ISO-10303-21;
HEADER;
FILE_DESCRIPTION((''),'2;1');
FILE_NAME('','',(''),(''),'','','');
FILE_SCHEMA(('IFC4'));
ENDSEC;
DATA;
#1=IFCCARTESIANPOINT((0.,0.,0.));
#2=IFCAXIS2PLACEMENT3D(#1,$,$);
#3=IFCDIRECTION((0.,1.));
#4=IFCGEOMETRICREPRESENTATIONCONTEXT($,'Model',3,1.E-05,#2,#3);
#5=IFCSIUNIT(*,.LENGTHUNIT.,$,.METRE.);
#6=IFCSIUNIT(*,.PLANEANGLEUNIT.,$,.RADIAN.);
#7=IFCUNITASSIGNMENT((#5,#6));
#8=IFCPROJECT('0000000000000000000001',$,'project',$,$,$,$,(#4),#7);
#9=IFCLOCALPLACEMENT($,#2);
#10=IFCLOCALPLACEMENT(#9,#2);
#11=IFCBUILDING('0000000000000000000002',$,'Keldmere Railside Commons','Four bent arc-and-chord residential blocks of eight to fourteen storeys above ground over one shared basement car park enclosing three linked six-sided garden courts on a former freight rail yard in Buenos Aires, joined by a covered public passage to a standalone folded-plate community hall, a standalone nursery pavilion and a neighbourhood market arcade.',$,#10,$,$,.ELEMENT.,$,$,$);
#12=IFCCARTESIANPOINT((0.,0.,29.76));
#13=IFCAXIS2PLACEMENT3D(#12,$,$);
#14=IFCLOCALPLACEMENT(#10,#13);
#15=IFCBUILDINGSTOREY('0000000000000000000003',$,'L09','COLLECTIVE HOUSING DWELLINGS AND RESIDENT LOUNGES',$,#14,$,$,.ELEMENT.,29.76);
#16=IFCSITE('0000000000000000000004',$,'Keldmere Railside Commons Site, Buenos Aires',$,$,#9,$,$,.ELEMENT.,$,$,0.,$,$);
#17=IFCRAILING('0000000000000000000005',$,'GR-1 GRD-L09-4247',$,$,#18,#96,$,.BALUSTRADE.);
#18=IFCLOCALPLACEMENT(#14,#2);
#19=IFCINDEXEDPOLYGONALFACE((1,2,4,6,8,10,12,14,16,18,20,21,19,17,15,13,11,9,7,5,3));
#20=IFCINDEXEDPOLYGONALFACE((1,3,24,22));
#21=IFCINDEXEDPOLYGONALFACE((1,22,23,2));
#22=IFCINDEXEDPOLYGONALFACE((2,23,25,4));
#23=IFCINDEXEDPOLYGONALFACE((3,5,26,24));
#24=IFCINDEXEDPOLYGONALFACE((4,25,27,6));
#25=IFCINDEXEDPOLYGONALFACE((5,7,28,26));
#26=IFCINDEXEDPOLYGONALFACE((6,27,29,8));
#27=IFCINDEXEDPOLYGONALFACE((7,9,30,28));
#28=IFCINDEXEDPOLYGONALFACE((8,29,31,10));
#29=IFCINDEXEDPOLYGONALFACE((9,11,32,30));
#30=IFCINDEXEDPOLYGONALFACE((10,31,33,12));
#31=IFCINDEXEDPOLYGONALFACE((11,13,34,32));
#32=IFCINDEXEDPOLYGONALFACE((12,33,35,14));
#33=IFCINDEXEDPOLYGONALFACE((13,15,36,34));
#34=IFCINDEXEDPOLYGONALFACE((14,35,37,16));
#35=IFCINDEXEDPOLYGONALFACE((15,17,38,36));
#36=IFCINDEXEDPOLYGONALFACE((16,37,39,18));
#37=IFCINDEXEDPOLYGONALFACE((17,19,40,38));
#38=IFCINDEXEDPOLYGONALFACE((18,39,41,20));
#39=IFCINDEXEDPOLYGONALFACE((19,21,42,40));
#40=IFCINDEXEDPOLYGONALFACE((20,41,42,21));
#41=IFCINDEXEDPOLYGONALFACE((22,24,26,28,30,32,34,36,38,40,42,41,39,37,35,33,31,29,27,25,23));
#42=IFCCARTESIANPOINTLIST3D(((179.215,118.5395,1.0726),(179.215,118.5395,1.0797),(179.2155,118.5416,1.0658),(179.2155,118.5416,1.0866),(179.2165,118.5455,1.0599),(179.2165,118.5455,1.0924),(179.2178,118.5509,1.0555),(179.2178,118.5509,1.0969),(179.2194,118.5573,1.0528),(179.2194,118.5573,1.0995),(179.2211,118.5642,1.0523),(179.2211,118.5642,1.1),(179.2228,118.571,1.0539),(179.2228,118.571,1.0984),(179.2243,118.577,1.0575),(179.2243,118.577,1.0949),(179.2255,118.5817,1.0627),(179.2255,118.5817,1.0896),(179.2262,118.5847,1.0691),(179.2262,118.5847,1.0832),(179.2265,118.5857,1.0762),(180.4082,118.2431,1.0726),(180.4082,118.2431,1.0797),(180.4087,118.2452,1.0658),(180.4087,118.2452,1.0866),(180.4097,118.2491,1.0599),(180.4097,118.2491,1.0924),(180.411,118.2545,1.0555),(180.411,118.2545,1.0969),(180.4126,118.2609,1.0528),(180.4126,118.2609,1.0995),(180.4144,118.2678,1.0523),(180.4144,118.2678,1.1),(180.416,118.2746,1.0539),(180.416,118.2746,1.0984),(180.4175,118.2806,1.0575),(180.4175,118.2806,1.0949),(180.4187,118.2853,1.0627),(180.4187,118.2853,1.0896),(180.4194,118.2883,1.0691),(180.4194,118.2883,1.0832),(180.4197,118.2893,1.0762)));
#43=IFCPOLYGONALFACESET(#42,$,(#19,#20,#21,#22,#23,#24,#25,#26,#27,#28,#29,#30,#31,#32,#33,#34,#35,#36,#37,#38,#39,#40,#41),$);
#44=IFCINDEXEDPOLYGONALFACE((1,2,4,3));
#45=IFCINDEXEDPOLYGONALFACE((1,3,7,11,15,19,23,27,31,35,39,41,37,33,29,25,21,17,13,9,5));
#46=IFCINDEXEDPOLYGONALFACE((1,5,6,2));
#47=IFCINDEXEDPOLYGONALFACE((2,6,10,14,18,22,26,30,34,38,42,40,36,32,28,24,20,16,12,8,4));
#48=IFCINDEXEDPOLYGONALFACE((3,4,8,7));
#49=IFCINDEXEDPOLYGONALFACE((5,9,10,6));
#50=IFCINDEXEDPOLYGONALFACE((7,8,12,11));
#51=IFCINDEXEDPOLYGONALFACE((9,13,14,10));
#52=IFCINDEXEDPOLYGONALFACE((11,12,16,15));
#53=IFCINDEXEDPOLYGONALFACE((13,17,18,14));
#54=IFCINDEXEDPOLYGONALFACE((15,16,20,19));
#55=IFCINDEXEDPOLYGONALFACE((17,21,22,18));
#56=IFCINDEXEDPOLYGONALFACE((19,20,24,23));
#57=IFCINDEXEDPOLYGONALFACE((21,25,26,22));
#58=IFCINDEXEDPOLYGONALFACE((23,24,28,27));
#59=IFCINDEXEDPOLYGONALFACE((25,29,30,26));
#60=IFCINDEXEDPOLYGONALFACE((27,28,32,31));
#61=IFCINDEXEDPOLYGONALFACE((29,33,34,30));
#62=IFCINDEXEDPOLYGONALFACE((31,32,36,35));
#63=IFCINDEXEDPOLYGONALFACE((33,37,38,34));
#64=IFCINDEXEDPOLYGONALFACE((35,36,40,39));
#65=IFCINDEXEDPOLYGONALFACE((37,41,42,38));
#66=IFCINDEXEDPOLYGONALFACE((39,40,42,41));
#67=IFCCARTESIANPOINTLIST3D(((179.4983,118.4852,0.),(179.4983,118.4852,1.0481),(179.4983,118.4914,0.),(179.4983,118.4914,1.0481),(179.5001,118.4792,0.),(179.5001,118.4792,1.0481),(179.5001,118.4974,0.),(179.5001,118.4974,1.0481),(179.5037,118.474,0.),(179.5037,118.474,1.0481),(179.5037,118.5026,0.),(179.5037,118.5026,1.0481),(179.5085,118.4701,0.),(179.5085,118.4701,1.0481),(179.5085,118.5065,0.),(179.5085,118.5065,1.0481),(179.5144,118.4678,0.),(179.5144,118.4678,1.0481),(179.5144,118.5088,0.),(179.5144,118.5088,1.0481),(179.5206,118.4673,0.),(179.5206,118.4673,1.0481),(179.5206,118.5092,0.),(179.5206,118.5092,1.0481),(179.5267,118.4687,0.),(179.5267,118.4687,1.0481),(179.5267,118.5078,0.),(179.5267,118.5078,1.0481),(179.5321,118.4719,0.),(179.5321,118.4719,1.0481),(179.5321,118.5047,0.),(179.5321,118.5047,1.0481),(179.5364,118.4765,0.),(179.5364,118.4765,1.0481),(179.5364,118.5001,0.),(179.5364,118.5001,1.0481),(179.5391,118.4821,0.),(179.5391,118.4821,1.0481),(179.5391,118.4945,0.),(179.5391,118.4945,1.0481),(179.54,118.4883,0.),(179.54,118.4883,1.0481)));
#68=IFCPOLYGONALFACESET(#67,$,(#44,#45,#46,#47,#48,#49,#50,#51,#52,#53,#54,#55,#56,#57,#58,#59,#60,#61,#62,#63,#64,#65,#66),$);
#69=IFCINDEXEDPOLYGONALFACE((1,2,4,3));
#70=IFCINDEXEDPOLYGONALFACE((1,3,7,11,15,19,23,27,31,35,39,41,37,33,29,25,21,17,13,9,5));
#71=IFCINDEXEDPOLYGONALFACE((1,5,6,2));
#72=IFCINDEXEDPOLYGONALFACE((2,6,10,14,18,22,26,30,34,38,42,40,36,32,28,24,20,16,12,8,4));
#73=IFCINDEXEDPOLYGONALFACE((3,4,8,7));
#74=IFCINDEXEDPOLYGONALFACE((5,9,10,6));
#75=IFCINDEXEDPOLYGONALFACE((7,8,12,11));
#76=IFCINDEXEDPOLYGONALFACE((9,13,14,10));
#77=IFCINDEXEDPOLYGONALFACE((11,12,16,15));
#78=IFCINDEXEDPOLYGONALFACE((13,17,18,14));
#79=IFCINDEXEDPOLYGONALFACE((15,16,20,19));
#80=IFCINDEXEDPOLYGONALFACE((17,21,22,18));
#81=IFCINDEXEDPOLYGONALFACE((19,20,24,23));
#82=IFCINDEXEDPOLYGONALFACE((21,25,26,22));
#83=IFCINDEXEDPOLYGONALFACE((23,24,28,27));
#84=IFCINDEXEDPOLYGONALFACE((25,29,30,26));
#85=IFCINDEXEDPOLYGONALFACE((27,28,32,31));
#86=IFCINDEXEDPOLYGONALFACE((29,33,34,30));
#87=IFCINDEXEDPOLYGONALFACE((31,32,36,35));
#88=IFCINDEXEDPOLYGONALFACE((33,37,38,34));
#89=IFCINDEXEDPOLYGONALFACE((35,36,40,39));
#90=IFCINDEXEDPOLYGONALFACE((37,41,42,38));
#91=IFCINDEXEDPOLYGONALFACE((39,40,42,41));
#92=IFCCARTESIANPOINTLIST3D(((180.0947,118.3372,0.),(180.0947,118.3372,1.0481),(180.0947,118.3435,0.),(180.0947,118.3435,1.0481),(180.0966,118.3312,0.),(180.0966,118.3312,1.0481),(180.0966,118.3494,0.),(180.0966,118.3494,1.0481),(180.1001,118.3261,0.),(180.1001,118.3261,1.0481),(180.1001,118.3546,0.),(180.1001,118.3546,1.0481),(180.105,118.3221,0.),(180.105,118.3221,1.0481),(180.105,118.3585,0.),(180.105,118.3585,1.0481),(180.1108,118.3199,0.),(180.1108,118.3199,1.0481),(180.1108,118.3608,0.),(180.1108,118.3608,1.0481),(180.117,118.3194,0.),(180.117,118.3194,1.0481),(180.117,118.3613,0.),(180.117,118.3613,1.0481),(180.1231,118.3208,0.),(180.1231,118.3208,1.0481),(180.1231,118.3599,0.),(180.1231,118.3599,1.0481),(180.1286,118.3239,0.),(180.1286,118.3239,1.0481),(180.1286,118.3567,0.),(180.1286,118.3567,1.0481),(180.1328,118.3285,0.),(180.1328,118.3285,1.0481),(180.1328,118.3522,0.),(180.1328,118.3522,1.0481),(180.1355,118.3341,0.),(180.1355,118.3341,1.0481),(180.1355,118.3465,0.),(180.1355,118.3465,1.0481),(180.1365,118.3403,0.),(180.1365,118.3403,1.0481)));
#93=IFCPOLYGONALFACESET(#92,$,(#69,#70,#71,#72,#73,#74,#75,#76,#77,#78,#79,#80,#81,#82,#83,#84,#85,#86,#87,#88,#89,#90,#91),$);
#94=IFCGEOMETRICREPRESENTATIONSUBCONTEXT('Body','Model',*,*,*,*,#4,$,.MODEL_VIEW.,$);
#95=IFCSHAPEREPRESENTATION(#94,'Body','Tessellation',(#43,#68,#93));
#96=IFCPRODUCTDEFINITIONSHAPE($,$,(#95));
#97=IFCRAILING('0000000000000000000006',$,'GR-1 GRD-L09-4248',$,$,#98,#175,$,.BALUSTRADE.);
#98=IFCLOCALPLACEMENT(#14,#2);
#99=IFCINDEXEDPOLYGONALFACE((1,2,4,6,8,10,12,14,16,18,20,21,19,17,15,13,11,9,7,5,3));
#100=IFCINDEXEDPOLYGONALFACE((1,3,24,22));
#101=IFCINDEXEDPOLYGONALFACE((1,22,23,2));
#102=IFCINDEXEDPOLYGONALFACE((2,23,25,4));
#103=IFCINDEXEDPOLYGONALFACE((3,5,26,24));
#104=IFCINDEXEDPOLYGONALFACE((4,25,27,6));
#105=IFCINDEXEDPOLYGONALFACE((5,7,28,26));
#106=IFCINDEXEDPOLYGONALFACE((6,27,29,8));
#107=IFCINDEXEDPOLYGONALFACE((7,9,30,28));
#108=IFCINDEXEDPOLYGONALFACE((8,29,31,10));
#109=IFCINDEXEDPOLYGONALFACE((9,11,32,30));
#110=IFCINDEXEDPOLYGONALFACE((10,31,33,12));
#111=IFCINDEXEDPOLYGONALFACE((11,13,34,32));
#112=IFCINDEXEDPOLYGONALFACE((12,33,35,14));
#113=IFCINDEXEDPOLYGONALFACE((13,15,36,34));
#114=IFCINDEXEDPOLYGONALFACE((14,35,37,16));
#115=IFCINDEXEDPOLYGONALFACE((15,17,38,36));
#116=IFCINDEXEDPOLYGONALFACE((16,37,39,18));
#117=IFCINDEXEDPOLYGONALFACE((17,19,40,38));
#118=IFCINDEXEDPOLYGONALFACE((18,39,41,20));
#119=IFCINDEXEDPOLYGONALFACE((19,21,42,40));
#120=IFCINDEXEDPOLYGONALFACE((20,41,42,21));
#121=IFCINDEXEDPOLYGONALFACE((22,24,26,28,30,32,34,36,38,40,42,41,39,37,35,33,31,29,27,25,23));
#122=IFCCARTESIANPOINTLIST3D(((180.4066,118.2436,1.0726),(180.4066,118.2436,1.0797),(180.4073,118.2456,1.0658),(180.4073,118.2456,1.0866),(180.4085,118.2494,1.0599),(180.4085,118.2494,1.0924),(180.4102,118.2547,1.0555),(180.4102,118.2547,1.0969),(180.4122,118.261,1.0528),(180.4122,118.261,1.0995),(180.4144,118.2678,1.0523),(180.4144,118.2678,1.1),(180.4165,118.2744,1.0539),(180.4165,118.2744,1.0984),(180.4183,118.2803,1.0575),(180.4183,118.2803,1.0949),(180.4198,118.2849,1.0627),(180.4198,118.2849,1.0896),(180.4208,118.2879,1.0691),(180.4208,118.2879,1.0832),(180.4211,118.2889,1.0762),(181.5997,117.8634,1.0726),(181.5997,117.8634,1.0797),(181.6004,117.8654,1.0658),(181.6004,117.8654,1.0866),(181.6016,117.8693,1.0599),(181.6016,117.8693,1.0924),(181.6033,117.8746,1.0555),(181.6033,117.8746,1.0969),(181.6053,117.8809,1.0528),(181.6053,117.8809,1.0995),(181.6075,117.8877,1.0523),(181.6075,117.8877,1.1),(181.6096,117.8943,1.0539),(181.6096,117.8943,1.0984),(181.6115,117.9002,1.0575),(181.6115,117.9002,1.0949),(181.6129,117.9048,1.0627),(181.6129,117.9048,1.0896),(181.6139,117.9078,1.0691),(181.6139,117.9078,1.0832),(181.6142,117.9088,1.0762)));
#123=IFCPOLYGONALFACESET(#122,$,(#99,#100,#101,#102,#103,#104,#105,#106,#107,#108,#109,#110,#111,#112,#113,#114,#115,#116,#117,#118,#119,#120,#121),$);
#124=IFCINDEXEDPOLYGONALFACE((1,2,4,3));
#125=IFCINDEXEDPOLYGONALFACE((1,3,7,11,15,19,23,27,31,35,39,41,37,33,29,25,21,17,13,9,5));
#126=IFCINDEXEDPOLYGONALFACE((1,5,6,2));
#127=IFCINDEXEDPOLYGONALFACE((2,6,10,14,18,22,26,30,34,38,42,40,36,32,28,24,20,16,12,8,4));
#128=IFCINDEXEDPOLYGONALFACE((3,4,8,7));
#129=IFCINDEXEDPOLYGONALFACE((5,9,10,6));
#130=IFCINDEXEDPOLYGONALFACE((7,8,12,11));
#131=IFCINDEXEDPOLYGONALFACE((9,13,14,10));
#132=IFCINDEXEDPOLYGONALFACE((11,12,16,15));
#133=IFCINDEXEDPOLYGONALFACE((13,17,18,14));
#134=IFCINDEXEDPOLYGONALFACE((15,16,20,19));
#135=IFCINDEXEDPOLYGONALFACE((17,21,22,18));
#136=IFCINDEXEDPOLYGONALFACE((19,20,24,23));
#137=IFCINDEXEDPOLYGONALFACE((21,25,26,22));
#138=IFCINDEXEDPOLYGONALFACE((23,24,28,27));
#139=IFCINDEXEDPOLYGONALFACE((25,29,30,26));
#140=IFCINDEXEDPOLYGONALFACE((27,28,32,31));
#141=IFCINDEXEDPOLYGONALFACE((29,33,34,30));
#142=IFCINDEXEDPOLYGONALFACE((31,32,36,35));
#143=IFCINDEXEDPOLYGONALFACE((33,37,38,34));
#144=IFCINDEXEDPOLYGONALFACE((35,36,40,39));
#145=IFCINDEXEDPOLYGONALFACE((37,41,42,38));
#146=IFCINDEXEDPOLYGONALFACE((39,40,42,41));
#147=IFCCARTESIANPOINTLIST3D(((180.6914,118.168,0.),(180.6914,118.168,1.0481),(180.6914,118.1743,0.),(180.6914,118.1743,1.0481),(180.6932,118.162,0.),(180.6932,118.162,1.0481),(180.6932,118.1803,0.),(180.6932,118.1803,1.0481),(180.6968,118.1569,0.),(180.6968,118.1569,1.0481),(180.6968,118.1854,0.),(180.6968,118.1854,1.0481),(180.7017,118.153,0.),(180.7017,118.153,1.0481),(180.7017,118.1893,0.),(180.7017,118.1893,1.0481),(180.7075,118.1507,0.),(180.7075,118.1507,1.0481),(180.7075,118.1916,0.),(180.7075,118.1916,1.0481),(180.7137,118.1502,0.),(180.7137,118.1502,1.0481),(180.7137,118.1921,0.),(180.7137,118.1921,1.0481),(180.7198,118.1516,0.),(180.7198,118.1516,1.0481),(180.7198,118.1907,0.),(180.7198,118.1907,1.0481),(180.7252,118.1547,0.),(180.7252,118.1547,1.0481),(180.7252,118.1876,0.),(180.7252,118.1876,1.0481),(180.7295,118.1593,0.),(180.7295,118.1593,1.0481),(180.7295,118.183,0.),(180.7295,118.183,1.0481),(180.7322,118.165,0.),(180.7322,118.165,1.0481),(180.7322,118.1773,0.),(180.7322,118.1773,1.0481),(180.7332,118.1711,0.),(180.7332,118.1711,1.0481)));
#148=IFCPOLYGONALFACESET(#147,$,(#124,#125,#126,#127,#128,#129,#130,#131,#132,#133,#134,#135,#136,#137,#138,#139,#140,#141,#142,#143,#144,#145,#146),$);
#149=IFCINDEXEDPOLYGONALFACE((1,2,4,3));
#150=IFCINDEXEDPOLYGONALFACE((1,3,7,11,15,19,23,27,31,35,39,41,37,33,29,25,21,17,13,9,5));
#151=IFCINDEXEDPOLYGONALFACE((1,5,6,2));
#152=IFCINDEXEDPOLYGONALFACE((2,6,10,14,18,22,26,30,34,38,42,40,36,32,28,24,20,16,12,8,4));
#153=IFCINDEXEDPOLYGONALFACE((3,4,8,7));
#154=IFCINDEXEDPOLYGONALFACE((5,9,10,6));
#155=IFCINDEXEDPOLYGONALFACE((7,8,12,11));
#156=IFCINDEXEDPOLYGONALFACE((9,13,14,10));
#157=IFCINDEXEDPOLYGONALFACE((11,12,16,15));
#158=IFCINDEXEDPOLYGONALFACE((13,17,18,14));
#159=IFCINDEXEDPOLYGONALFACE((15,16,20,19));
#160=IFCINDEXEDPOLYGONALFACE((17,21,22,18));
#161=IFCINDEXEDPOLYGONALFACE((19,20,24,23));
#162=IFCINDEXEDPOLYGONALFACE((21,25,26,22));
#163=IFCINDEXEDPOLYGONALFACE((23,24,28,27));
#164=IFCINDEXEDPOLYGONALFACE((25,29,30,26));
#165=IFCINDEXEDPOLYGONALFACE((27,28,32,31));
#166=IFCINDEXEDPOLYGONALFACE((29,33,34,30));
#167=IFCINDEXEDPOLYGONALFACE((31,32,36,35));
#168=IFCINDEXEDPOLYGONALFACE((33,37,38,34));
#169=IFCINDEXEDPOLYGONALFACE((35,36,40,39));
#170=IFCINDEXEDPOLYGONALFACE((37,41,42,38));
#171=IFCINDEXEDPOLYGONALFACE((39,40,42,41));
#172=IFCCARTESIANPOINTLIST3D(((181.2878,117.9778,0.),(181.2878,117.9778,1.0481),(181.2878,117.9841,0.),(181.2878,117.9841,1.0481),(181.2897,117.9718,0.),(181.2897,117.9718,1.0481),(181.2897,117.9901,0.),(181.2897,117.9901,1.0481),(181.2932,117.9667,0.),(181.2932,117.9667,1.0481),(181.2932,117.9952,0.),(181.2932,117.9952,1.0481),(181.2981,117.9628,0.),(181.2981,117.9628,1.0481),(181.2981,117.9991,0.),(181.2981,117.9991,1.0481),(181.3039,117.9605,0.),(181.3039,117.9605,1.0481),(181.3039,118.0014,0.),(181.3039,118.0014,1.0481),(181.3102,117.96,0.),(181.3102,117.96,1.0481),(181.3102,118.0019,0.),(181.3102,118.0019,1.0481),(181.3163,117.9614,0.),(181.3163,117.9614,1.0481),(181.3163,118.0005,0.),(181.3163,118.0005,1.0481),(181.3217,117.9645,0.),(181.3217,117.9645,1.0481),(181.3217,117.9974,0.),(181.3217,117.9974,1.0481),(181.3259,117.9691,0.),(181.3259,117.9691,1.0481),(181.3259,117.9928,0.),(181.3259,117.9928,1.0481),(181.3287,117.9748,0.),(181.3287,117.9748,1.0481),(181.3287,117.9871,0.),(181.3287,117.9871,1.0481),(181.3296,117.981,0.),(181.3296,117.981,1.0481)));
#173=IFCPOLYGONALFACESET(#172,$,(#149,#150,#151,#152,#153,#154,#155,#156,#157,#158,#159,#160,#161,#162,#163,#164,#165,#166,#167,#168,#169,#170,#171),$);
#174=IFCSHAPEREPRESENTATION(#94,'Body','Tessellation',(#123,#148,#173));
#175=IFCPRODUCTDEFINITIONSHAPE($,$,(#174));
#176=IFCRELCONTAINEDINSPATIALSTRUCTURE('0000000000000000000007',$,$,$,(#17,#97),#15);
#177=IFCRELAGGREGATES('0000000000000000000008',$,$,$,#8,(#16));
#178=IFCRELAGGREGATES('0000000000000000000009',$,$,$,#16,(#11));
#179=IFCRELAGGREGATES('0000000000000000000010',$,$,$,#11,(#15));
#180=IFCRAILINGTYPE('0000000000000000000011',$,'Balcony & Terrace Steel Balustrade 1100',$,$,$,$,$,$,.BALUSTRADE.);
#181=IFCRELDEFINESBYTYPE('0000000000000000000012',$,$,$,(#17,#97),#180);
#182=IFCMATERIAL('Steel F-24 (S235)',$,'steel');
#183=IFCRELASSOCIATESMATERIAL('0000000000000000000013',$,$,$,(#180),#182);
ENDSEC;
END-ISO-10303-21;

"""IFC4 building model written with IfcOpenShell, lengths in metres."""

from ifc_helpers import new_model, si_unit, direction, frame, origin, origin_2d, place, context, subcontext, project, spatial, circle, extrude, material, type_object, element, save


model = new_model("IFC4")

# Units and contexts
model_context = context("Model", 3, precision=1e-05, world=origin(), true_north=direction((0.0, 1.0)))
body_context = subcontext(model_context, "Body", "Model", "MODEL_VIEW")
ifc_project = project(units=[si_unit("LENGTHUNIT", "METRE"), si_unit("PLANEANGLEUNIT", "RADIAN")], contexts=[model_context])

# Site, building, storey
site_placement = place(None, origin())
site = spatial("IfcSite", under=ifc_project, at=site_placement, Name="Keldmere Railside Commons Site, Buenos Aires", CompositionType="ELEMENT", RefElevation=0.0)
building_placement = place(site_placement, origin())
building = spatial("IfcBuilding", under=site, at=building_placement, Name="Keldmere Railside Commons", Description="Four bent arc-and-chord residential blocks of eight to fourteen storeys above ground over one shared basement car park enclosing three linked six-sided garden courts on a former freight rail yard in Buenos Aires, joined by a covered public passage to a standalone folded-plate community hall, a standalone nursery pavilion and a neighbourhood market arcade.", CompositionType="ELEMENT")
storey_placement = place(building_placement, frame((0.0, 0.0, 29.76)))
storey = spatial("IfcBuildingStorey", under=building, at=storey_placement, Name="L09", Description="COLLECTIVE HOUSING DWELLINGS AND RESIDENT LOUNGES", CompositionType="ELEMENT", Elevation=29.76)

# Railings
ifc_material_1 = material(Name="Steel F-24 (S235)", Category="steel")
railing_type = type_object("IfcRailingType", Name="Balcony & Terrace Steel Balustrade 1100", PredefinedType="BALUSTRADE", material=ifc_material_1)
railing_1_placement = place(storey_placement, frame((179.2207, 118.5625, 0.0)))
element("IfcRailing", 1, at=railing_1_placement, inside=storey, type_object=railing_type, Name="GR-1 GRD-L09-4247", PredefinedType="BALUSTRADE", context=body_context, shape_type="SweptSolid", body=[
    extrude(circle(Radius=0.0239, at=origin_2d()), frame((0.0, 0.0, 1.0762), z_axis=(0.970504, -0.241087, 0.0), x_axis=(0.241087, 0.970504, 0.0)), (0.0, 0.0, 1.0), 1.2295),
    extrude(circle(Radius=0.021, at=origin_2d()), frame((0.2983, -0.0742, 0.0)), (0.0, 0.0, 1.0), 1.0481),
    extrude(circle(Radius=0.021, at=origin_2d()), frame((0.8948, -0.2222, 0.0)), (0.0, 0.0, 1.0), 1.0481),
])
railing_2_placement = place(storey_placement, frame((180.4138, 118.2661, 0.0)))
element("IfcRailing", 2, at=railing_2_placement, inside=storey, type_object=railing_type, Name="GR-1 GRD-L09-4248", PredefinedType="BALUSTRADE", context=body_context, shape_type="SweptSolid", body=[
    extrude(circle(Radius=0.0239, at=origin_2d()), frame((0.0, 0.0, 1.0762), z_axis=(0.95281, -0.303566, 0.0), x_axis=(0.303566, 0.95281, 0.0)), (0.0, 0.0, 1.0), 1.2522),
    extrude(circle(Radius=0.021, at=origin_2d()), frame((0.2983, -0.095, 0.0)), (0.0, 0.0, 1.0), 1.0481),
    extrude(circle(Radius=0.021, at=origin_2d()), frame((0.8948, -0.2852, 0.0)), (0.0, 0.0, 1.0), 1.0481),
])

save(model, "model.ifc")
